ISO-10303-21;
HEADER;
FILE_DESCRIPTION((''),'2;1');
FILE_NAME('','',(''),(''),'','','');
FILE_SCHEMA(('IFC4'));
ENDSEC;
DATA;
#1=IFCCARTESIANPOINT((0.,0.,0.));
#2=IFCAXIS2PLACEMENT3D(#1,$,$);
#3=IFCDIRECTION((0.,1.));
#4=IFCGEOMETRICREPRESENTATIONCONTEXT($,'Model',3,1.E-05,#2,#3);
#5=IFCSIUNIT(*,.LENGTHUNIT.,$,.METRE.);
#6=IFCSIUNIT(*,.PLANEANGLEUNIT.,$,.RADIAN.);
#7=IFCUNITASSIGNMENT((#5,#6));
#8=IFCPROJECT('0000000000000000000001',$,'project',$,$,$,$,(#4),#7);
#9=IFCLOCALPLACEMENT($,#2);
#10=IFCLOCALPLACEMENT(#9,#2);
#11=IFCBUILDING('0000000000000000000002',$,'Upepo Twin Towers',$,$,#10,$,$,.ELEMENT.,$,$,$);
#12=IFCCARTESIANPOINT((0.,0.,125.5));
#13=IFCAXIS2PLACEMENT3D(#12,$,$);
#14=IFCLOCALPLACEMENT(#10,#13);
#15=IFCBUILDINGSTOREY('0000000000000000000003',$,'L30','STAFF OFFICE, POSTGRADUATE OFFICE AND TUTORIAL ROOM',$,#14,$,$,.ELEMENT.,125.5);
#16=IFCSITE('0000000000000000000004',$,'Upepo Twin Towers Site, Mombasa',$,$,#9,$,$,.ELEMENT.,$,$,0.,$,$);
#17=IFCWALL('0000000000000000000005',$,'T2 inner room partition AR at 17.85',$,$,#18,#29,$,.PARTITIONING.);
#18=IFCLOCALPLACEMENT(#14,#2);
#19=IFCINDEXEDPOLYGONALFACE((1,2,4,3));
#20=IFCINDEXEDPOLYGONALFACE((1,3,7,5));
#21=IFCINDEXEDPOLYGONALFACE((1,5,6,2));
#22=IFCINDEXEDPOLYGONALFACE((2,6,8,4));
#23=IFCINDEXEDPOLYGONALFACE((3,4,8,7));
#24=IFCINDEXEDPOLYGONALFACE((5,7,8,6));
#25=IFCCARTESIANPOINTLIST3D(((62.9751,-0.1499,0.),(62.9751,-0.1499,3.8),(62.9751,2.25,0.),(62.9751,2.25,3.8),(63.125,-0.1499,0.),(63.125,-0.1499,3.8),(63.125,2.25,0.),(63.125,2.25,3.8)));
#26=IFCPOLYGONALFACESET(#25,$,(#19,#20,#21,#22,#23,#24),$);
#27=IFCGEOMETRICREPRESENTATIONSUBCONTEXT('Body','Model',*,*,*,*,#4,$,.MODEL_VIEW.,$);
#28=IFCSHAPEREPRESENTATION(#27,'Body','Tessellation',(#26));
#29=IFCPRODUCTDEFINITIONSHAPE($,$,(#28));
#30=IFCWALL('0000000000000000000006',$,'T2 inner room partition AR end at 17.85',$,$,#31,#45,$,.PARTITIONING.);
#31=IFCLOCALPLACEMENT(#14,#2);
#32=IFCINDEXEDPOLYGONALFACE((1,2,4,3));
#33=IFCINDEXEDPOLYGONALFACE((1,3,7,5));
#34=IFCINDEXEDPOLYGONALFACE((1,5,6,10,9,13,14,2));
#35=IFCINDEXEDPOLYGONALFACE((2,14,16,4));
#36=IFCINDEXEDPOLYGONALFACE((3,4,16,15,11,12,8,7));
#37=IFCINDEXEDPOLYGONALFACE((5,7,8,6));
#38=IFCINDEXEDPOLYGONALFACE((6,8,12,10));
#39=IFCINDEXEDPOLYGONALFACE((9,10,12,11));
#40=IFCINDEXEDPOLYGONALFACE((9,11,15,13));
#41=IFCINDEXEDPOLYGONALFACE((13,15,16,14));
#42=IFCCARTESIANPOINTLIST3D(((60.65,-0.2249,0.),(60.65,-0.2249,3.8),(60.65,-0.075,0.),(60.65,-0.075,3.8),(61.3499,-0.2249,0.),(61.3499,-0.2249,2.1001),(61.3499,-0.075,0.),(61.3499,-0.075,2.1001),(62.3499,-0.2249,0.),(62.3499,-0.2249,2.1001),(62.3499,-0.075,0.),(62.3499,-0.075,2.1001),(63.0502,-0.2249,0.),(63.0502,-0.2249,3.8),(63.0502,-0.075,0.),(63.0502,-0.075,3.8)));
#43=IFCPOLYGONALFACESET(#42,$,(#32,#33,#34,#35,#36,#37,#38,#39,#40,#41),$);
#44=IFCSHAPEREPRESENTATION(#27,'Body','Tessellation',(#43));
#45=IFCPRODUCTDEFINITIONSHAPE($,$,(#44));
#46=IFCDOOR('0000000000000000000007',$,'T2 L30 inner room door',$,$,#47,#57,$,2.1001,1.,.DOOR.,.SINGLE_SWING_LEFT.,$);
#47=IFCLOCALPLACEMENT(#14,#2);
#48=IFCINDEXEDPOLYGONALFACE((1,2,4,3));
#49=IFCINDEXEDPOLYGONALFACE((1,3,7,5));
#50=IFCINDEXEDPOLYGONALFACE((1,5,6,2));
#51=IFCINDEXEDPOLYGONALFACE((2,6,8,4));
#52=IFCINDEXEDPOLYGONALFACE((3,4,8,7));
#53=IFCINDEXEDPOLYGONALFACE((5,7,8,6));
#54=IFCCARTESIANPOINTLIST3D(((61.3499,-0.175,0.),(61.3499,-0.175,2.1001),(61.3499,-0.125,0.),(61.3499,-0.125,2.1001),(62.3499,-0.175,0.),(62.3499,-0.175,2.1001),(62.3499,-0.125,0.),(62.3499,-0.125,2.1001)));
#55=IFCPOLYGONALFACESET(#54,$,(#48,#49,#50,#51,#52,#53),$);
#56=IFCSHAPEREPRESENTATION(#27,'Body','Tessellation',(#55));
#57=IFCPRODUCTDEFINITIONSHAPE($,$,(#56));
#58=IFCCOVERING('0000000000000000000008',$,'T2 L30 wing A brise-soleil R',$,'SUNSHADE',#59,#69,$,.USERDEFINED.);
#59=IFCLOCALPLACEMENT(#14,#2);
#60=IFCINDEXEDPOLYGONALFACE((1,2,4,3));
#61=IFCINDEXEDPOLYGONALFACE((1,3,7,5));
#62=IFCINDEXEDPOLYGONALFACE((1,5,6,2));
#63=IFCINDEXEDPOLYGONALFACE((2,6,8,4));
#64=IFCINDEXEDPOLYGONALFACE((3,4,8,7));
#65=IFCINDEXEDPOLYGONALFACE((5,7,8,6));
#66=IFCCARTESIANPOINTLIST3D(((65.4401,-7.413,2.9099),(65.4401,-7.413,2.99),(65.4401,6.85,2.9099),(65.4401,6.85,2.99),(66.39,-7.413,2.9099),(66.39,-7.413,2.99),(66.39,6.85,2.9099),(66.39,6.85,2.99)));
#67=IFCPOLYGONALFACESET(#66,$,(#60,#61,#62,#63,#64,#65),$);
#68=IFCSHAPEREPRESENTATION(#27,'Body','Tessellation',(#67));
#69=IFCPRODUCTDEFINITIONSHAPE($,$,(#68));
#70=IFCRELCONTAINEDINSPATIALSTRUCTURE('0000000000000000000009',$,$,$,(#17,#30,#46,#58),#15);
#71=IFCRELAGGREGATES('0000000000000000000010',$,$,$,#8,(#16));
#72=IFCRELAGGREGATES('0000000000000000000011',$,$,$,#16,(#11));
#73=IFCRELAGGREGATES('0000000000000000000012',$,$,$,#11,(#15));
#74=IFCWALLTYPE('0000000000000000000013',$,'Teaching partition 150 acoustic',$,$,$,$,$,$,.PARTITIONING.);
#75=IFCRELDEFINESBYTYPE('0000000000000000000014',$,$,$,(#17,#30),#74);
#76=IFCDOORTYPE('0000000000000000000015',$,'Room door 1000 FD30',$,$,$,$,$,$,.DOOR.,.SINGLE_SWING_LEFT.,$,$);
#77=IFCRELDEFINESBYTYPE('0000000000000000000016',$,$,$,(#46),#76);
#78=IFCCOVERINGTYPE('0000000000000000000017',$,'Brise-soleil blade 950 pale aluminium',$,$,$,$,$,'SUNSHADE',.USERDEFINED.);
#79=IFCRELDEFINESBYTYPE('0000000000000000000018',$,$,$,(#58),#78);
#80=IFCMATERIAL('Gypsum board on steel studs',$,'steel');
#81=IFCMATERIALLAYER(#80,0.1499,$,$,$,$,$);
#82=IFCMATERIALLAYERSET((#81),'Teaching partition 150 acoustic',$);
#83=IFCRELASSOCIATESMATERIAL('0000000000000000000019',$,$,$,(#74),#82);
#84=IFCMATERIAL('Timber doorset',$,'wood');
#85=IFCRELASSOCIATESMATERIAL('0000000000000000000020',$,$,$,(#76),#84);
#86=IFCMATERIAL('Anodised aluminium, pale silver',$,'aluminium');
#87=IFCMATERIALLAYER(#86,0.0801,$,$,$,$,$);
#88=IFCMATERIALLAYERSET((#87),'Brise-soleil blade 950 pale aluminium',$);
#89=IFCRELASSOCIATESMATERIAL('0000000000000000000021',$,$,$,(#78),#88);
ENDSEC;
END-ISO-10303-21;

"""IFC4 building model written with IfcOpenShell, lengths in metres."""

from ifc_helpers import new_model, si_unit, direction, frame, frame_2d, origin, origin_2d, place, context, subcontext, project, spatial, rectangle, extrude, material, layer, layer_set, type_object, element, fill, save


model = new_model("IFC4")

# Units and contexts
model_context = context("Model", 3, precision=1e-05, world=origin(), true_north=direction((0.0, 1.0)))
body_context = subcontext(model_context, "Body", "Model", "MODEL_VIEW")
ifc_project = project(units=[si_unit("LENGTHUNIT", "METRE"), si_unit("PLANEANGLEUNIT", "RADIAN")], contexts=[model_context])

# Site, building, storey
site_placement = place(None, origin())
site = spatial("IfcSite", under=ifc_project, at=site_placement, Name="Upepo Twin Towers Site, Mombasa", CompositionType="ELEMENT", RefElevation=0.0)
building_placement = place(site_placement, origin())
building = spatial("IfcBuilding", under=site, at=building_placement, Name="Upepo Twin Towers", CompositionType="ELEMENT")
storey_placement = place(building_placement, frame((0.0, 0.0, 125.5)))
storey = spatial("IfcBuildingStorey", under=building, at=storey_placement, Name="L30", Description="STAFF OFFICE, POSTGRADUATE OFFICE AND TUTORIAL ROOM", CompositionType="ELEMENT", Elevation=125.5)

# Wall
ifc_material_1 = material(Name="Gypsum board on steel studs", Category="steel")
ifc_layer_1 = layer(ifc_material_1, 0.1499)
ifc_layer_set_1 = layer_set([ifc_layer_1], Name="Teaching partition 150 acoustic")
wall_type_1 = type_object("IfcWallType", Name="Teaching partition 150 acoustic", PredefinedType="PARTITIONING", material=ifc_layer_set_1)
wall_1_placement = place(storey_placement, frame((63.05, -0.1499, 0.0), z_axis=(0.0, 0.0, 1.0), x_axis=(0.0, 1.0, 0.0)))
element("IfcWall", 1, at=wall_1_placement, inside=storey, type_object=wall_type_1, Name="T2 inner room partition AR at 17.85", PredefinedType="PARTITIONING", context=body_context, shape_type="SweptSolid", body=[
    extrude(rectangle(XDim=2.3999, YDim=0.1499, at=frame_2d((1.2, 0.0))), origin(), (0.0, 0.0, 1.0), 3.8),
])

# Wall, opening, door
wall_2_placement = place(storey_placement, frame((60.6499, -0.1499, 0.0), z_axis=(0.0, 0.0, 1.0), x_axis=(1.0, 0.0, 0.0)))
wall_2 = element("IfcWall", 2, at=wall_2_placement, inside=storey, type_object=wall_type_1, Name="T2 inner room partition AR end at 17.85", PredefinedType="PARTITIONING", context=body_context, shape_type="SweptSolid", body=[
    extrude(rectangle(XDim=2.4001, YDim=0.1499, at=frame_2d((1.2002, 0.0))), origin(), (0.0, 0.0, 1.0), 3.8),
])
opening_placement = place(wall_2_placement, frame((0.7, 0.0, 0.0)))
opening = element("IfcOpeningElement", 3, at=opening_placement, cuts=wall_2, PredefinedType="OPENING", context=body_context, shape_type="SweptSolid", body=[
    extrude(rectangle(XDim=1.0, YDim=2.1001, at=frame_2d((0.5, 1.05))), frame((0.0, 0.085, 0.0), z_axis=(0.0, -1.0, 0.0), x_axis=(1.0, 0.0, 0.0)), (0.0, 0.0, 1.0), 0.1699),
])
ifc_material_2 = material(Name="Timber doorset", Category="wood")
door_type = type_object("IfcDoorType", Name="Room door 1000 FD30", OperationType="SINGLE_SWING_LEFT", PredefinedType="DOOR", material=ifc_material_2)
door_placement = place(opening_placement, origin())
door = element("IfcDoor", 4, at=door_placement, inside=storey, type_object=door_type, Name="T2 L30 inner room door", OperationType="SINGLE_SWING_LEFT", OverallHeight=2.1001, OverallWidth=1.0, PredefinedType="DOOR", context=body_context, shape_type="SweptSolid", body=[
    extrude(rectangle(XDim=1.0, YDim=2.1001, at=frame_2d((0.5, 1.05))), frame((0.0, 0.0249, 0.0), z_axis=(0.0, -1.0, 0.0), x_axis=(1.0, 0.0, 0.0)), (0.0, 0.0, 1.0), 0.05),
])
fill(opening, door)

# Covering
ifc_material_3 = material(Name="Anodised aluminium, pale silver", Category="aluminium")
ifc_layer_2 = layer(ifc_material_3, 0.0801)
ifc_layer_set_2 = layer_set([ifc_layer_2], Name="Brise-soleil blade 950 pale aluminium")
covering_type = type_object("IfcCoveringType", Name="Brise-soleil blade 950 pale aluminium", ElementType="SUNSHADE", PredefinedType="USERDEFINED", material=ifc_layer_set_2)
covering_placement = place(storey_placement, frame((65.915, -0.2815, 2.9099), z_axis=(0.0, 0.0, 1.0), x_axis=(0.0, 1.0, 0.0)))
element("IfcCovering", 5, at=covering_placement, inside=storey, type_object=covering_type, Name="T2 L30 wing A brise-soleil R", ObjectType="SUNSHADE", PredefinedType="USERDEFINED", context=body_context, shape_type="SweptSolid", body=[
    extrude(rectangle(XDim=14.2629, YDim=0.95, at=origin_2d()), origin(), (0.0, 0.0, 1.0), 0.0801),
])

save(model, "model.ifc")
